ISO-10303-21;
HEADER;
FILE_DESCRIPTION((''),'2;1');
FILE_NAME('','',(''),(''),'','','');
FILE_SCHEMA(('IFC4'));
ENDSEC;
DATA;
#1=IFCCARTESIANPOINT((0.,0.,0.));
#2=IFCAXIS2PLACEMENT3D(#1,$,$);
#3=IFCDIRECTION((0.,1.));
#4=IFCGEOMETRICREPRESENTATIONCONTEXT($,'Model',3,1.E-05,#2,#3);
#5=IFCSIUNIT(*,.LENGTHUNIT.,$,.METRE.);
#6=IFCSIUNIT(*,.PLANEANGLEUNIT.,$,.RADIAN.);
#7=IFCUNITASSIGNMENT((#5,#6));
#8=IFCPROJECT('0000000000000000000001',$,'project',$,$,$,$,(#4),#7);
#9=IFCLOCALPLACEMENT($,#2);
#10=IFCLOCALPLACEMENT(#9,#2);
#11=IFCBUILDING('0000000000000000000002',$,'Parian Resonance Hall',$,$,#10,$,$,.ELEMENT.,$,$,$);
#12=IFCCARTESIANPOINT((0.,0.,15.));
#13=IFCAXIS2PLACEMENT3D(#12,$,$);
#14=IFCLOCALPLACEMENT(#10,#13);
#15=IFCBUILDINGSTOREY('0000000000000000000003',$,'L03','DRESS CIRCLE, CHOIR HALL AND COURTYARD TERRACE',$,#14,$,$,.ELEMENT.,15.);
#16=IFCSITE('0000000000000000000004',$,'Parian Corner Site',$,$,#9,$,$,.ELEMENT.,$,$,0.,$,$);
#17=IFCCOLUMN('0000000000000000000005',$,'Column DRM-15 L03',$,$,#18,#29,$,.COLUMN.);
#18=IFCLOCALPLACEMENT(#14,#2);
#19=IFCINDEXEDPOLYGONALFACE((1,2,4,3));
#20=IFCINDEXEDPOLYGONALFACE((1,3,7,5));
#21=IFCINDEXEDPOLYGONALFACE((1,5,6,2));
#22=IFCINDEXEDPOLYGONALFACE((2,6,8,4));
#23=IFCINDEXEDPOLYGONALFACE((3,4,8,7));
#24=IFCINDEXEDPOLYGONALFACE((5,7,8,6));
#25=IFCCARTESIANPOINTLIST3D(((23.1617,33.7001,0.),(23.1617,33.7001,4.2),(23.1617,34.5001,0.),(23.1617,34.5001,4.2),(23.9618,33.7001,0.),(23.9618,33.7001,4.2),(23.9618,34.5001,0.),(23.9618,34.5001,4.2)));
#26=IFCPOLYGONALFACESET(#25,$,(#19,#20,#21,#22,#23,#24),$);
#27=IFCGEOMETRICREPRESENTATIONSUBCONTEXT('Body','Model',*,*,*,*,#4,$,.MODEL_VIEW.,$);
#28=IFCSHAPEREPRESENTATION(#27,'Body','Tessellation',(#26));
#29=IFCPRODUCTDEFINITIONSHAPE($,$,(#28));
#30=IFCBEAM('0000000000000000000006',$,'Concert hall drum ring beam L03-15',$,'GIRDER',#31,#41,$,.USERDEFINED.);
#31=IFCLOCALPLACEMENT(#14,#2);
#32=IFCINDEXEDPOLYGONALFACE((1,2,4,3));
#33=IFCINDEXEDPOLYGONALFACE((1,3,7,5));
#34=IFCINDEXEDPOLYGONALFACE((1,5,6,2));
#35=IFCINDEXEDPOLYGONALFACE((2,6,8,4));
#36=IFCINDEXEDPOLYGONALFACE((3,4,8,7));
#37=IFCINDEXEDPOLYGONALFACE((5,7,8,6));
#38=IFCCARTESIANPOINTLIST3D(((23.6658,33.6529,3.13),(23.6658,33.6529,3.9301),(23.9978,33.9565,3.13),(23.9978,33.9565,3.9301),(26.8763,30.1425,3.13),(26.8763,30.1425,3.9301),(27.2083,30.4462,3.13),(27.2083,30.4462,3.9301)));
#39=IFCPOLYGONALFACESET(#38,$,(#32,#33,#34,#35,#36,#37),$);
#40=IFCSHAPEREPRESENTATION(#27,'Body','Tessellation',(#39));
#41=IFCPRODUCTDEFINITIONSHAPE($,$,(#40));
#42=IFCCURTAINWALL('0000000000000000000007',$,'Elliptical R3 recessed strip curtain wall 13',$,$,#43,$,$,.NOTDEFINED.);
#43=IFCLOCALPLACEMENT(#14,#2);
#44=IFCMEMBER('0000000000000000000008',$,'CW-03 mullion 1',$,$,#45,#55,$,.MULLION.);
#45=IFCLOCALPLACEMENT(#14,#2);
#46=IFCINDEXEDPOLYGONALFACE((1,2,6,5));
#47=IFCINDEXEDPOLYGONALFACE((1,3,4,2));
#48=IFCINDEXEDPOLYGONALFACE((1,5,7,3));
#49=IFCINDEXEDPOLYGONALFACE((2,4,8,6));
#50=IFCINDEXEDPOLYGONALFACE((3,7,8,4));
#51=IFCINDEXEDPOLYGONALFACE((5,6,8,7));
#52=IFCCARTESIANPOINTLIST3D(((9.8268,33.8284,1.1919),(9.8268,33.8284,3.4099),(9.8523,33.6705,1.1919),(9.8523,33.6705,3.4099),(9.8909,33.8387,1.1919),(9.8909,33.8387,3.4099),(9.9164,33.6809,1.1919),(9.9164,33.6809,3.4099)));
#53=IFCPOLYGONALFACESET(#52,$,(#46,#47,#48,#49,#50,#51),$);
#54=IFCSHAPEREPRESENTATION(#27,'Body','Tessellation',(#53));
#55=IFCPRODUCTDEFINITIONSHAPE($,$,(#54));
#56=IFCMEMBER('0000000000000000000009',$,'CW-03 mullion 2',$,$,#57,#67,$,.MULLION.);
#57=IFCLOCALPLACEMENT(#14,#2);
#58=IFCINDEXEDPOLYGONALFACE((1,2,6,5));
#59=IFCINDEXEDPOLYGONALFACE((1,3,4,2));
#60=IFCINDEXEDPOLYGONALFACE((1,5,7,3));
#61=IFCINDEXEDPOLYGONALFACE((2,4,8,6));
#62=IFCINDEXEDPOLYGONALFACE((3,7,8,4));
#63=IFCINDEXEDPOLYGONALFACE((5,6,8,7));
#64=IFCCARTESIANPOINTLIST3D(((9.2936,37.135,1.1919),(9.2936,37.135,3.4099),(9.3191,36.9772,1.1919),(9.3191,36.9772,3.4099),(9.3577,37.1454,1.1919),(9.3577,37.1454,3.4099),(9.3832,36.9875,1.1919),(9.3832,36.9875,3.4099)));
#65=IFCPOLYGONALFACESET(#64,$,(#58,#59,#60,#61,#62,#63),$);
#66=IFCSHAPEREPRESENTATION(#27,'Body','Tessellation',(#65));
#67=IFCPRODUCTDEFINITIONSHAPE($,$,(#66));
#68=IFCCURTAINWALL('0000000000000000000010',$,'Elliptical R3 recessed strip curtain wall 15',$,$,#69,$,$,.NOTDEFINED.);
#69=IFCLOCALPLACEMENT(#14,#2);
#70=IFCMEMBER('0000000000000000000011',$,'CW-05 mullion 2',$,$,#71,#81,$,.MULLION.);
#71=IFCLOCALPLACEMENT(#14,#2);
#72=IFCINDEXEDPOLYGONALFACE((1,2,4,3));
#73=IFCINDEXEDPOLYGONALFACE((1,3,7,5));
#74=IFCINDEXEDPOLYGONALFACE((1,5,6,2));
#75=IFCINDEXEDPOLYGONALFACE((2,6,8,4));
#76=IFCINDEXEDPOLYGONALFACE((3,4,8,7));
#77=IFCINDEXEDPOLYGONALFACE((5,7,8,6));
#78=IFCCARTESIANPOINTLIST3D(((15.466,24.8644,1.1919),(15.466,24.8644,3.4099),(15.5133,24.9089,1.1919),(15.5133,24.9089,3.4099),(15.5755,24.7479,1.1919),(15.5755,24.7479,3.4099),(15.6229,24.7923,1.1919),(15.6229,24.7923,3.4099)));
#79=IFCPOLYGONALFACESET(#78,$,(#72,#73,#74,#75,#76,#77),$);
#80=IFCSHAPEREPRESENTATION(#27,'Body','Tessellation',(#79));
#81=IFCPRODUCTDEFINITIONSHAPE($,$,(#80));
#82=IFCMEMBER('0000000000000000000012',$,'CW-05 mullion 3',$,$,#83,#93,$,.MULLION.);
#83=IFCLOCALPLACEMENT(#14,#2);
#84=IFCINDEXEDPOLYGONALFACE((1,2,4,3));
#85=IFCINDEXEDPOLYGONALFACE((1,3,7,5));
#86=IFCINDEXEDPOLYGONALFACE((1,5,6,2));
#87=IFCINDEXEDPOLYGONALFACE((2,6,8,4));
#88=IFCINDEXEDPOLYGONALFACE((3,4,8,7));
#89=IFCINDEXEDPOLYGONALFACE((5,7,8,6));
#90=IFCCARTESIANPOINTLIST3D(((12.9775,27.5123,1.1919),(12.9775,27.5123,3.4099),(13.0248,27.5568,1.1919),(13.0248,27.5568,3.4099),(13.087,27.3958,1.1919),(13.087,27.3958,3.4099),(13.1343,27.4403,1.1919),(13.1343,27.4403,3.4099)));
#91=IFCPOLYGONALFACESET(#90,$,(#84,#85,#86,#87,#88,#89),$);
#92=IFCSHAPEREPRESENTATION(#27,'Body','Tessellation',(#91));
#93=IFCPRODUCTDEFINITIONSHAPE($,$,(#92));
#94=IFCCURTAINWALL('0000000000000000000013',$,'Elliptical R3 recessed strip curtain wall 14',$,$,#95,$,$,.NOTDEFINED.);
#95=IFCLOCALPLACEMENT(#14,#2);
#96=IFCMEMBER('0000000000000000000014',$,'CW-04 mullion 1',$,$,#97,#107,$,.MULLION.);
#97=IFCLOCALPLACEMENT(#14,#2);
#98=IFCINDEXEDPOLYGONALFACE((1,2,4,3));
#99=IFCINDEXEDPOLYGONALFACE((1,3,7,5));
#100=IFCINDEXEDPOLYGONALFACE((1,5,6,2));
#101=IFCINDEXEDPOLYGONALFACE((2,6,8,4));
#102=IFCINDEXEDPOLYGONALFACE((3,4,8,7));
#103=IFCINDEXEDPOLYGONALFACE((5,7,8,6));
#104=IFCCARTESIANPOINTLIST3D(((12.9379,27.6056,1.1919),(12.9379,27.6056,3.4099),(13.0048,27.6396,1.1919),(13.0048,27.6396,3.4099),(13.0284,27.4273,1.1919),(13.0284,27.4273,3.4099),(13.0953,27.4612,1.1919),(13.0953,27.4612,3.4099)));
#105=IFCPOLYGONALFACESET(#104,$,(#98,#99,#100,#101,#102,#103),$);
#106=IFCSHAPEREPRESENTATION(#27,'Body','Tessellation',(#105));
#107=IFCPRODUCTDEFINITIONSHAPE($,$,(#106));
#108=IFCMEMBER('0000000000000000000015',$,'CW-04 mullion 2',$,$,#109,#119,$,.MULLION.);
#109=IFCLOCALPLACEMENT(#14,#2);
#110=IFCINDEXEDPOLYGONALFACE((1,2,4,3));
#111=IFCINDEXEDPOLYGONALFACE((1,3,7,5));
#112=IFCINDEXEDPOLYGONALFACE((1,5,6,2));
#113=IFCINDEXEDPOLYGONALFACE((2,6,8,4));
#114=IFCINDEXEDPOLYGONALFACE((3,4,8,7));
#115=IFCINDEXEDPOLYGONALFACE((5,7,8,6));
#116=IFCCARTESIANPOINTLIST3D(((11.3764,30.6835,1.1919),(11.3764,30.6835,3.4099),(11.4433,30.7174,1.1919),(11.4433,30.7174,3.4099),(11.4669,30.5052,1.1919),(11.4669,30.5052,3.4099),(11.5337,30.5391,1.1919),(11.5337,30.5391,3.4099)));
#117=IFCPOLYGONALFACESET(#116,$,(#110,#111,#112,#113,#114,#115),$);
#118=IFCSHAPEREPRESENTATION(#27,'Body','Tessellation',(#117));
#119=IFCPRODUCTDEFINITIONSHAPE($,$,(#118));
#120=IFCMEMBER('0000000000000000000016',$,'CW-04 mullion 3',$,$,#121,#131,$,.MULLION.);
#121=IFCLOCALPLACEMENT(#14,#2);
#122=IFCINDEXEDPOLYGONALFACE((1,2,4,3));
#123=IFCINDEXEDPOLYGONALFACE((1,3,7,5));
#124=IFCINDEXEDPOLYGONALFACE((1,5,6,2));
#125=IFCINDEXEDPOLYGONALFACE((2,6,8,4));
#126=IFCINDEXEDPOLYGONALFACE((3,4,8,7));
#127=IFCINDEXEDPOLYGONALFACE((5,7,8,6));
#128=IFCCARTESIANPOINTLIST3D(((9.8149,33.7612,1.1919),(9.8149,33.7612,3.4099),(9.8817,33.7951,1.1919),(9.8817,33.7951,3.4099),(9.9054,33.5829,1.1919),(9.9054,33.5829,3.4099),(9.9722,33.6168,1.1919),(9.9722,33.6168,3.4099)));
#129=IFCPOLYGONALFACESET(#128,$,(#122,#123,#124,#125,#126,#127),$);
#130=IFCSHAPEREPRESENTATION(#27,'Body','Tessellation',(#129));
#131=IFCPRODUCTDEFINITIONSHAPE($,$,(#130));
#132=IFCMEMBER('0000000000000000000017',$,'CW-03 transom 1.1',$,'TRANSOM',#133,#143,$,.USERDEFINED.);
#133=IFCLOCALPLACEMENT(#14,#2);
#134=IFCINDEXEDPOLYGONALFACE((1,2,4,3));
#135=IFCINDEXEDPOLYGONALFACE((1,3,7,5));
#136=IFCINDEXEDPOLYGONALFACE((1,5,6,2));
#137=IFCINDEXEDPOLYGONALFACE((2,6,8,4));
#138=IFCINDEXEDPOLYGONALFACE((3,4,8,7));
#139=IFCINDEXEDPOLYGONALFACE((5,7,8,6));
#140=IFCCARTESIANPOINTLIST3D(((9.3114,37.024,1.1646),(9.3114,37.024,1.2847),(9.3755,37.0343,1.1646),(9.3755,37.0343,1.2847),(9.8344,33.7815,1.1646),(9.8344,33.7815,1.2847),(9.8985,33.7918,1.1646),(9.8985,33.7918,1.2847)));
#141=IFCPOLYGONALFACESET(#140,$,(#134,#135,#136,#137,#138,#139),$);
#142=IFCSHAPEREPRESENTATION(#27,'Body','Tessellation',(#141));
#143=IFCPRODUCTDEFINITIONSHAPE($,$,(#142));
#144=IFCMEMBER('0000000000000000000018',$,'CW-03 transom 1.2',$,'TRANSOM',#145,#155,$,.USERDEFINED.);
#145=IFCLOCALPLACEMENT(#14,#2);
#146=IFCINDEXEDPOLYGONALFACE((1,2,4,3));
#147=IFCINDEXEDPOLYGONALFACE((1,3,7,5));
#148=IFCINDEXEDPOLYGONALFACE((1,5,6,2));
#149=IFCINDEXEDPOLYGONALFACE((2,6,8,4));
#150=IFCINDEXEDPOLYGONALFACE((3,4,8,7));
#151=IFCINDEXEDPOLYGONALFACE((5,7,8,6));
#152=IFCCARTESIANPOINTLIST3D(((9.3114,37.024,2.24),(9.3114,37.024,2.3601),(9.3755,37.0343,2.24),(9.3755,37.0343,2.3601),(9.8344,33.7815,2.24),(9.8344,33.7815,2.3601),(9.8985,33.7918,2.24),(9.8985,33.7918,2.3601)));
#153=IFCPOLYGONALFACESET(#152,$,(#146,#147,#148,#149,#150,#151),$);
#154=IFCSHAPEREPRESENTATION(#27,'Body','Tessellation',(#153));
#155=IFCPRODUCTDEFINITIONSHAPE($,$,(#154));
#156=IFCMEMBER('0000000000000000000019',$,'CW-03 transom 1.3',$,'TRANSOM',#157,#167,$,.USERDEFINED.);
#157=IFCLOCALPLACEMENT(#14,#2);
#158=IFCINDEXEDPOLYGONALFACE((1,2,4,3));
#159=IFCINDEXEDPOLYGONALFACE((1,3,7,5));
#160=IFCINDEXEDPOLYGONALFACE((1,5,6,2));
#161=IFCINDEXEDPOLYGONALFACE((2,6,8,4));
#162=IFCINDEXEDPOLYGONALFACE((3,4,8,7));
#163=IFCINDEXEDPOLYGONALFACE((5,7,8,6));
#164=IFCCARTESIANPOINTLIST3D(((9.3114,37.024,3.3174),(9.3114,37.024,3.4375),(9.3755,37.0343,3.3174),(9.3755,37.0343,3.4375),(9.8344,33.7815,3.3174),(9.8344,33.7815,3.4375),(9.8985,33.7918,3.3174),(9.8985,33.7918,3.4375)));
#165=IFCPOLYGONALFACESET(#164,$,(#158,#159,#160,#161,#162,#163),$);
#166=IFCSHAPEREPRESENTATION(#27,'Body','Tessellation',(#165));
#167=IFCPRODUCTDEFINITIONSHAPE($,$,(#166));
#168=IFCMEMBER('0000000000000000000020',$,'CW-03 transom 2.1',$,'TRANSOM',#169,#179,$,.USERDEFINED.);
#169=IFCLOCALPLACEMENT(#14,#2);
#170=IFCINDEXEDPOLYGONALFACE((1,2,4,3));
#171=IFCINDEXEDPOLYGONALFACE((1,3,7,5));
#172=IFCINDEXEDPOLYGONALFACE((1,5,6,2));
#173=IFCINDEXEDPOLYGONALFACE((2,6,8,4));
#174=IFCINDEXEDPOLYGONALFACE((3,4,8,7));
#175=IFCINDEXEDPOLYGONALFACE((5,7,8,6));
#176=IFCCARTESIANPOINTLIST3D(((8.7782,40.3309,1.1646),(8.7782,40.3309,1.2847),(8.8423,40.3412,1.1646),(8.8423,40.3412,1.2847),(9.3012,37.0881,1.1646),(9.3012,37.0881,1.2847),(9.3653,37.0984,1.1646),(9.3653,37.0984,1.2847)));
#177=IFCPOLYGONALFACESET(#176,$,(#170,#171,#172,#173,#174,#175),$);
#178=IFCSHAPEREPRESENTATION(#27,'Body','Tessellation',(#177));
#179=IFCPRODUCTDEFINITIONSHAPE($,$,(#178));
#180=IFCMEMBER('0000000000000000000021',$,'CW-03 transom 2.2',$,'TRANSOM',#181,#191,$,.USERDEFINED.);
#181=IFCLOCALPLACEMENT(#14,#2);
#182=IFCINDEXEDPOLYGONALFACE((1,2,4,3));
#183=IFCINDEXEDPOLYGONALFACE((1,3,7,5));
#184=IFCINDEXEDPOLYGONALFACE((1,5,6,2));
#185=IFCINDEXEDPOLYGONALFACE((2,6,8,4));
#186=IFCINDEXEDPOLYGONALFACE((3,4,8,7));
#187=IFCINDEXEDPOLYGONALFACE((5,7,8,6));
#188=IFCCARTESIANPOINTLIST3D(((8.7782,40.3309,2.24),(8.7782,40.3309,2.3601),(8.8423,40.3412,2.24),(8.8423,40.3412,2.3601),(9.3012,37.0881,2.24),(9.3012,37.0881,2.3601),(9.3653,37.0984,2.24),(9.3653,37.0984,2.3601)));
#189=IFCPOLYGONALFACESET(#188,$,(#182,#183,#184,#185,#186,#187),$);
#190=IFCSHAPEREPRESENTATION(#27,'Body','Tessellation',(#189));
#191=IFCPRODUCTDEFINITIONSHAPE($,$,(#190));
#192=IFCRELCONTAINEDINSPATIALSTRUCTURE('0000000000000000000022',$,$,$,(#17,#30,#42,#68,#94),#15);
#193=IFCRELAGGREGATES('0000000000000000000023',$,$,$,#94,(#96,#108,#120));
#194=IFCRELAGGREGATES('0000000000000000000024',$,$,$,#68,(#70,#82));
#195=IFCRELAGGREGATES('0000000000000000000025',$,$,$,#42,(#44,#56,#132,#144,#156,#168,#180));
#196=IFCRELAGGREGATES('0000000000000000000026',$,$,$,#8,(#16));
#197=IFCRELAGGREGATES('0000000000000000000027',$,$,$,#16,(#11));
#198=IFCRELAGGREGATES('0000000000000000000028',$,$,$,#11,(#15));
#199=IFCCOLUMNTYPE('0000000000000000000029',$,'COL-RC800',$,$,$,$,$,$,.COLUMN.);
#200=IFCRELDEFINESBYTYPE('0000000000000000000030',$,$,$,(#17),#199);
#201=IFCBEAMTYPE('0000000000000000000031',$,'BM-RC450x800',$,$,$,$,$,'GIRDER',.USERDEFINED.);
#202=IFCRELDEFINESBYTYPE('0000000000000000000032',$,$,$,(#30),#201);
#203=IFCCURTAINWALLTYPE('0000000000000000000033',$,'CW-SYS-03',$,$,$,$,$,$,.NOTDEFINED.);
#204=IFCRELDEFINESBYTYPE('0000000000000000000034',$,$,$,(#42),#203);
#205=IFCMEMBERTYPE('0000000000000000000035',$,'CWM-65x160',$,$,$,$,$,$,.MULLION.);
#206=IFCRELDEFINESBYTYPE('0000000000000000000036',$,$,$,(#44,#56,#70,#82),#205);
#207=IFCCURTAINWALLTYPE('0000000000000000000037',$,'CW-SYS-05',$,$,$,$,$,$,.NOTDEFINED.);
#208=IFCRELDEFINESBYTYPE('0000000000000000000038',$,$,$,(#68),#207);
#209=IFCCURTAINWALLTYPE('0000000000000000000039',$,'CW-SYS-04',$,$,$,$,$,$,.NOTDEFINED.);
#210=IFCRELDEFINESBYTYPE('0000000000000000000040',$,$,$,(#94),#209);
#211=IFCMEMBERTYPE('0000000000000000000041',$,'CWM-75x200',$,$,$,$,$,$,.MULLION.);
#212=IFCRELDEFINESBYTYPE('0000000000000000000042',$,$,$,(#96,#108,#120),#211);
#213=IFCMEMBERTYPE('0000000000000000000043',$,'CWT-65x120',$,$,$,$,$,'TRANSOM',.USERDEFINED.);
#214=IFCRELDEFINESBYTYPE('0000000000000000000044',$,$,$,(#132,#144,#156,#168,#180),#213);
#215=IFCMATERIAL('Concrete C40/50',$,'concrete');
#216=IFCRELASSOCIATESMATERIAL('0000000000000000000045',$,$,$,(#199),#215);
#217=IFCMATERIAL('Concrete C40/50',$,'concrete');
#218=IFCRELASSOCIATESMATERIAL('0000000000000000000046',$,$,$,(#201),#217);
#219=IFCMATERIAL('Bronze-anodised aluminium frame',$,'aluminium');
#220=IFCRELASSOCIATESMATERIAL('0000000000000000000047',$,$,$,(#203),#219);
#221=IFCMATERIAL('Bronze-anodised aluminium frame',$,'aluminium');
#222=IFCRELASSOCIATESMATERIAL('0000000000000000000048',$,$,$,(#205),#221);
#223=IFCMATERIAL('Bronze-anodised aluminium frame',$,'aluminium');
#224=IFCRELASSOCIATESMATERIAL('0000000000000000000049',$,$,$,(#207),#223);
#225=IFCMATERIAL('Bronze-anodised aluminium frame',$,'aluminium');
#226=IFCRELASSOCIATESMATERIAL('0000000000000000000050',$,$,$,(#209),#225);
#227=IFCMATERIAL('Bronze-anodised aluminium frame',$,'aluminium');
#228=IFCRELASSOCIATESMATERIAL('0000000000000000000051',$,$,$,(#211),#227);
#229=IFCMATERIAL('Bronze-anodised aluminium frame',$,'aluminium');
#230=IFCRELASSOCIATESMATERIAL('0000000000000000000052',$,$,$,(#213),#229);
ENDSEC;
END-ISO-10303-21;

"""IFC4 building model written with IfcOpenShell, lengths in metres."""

from ifc_helpers import new_model, si_unit, direction, frame, origin, origin_2d, place, context, subcontext, project, spatial, rectangle, extrude, material, material_profile, profile_set, type_object, element, aggregate, save


model = new_model("IFC4")

# Units and contexts
model_context = context("Model", 3, precision=1e-05, world=origin(), true_north=direction((0.0, 1.0)))
body_context = subcontext(model_context, "Body", "Model", "MODEL_VIEW")
ifc_project = project(units=[si_unit("LENGTHUNIT", "METRE"), si_unit("PLANEANGLEUNIT", "RADIAN")], contexts=[model_context])

# Site, building, storey
site_placement = place(None, origin())
site = spatial("IfcSite", under=ifc_project, at=site_placement, Name="Parian Corner Site", CompositionType="ELEMENT", RefElevation=0.0)
building_placement = place(site_placement, origin())
building = spatial("IfcBuilding", under=site, at=building_placement, Name="Parian Resonance Hall", CompositionType="ELEMENT")
storey_placement = place(building_placement, frame((0.0, 0.0, 15.0)))
storey = spatial("IfcBuildingStorey", under=building, at=storey_placement, Name="L03", Description="DRESS CIRCLE, CHOIR HALL AND COURTYARD TERRACE", CompositionType="ELEMENT", Elevation=15.0)

# Column
ifc_material_1 = material(Name="Concrete C40/50", Category="concrete")
ifc_material_profile_1 = material_profile(ifc_material_1, rectangle(XDim=0.8, YDim=0.8, at=origin_2d()), Name="RC-COL-800x800")
ifc_profile_set_1 = profile_set([ifc_material_profile_1], Name="Concrete C40/50")
column_type = type_object("IfcColumnType", Name="COL-RC800", PredefinedType="COLUMN", material=ifc_profile_set_1)
column_placement = place(storey_placement, frame((23.5618, 34.1001, 0.0), z_axis=(0.0, 0.0, 1.0), x_axis=(1.0, 0.0, 0.0)))
element("IfcColumn", 1, at=column_placement, inside=storey, type_object=column_type, Name="Column DRM-15 L03", PredefinedType="COLUMN", context=body_context, shape_type="SweptSolid", body=[
    extrude(rectangle(XDim=0.8, YDim=0.8, at=origin_2d()), origin(), (0.0, 0.0, 1.0), 4.2),
])

# Beam
ifc_material_2 = material(Name="Concrete C40/50", Category="concrete")
ifc_material_profile_2 = material_profile(ifc_material_2, rectangle(XDim=0.45, YDim=0.8, at=origin_2d()), Name="RC-BM-450x800")
ifc_profile_set_2 = profile_set([ifc_material_profile_2], Name="Concrete C40/50")
beam_type = type_object("IfcBeamType", Name="BM-RC450x800", ElementType="GIRDER", PredefinedType="USERDEFINED", material=ifc_profile_set_2)
beam_placement = place(storey_placement, frame((23.8318, 33.8047, 3.53), z_axis=(0.674892, -0.737916, 0.0), x_axis=(0.737916, 0.674892, 0.0)))
element("IfcBeam", 2, at=beam_placement, inside=storey, type_object=beam_type, Name="Concert hall drum ring beam L03-15", ObjectType="GIRDER", PredefinedType="USERDEFINED", context=body_context, shape_type="SweptSolid", body=[
    extrude(rectangle(XDim=0.45, YDim=0.8, at=origin_2d()), origin(), (0.0, 0.0, 1.0), 4.7571),
])

# Curtain walls, members
ifc_material_3 = material(Name="Bronze-anodised aluminium frame", Category="aluminium")
curtain_wall_type_1 = type_object("IfcCurtainWallType", Name="CW-SYS-03", PredefinedType="NOTDEFINED", material=ifc_material_3)
curtain_wall_1_placement = place(storey_placement, origin())
curtain_wall_1 = element("IfcCurtainWall", 3, at=curtain_wall_1_placement, inside=storey, type_object=curtain_wall_type_1, Name="Elliptical R3 recessed strip curtain wall 13", PredefinedType="NOTDEFINED")
ifc_material_4 = material(Name="Bronze-anodised aluminium frame", Category="aluminium")
ifc_material_profile_3 = material_profile(ifc_material_4, rectangle(XDim=0.0649, YDim=0.1599, at=origin_2d()), Name="CWM-65x160")
ifc_profile_set_3 = profile_set([ifc_material_profile_3], Name="Bronze-anodised aluminium frame")
member_type_1 = type_object("IfcMemberType", Name="CWM-65x160", PredefinedType="MULLION", material=ifc_profile_set_3)
member_1_placement = place(storey_placement, frame((9.8716, 33.7546, 1.1919), z_axis=(0.0, 0.0, 1.0), x_axis=(-0.987248, -0.159187, 0.0)))
member_1 = element("IfcMember", 4, at=member_1_placement, type_object=member_type_1, Name="CW-03 mullion 1", PredefinedType="MULLION", context=body_context, shape_type="SweptSolid", body=[
    extrude(rectangle(XDim=0.0649, YDim=0.1599, at=origin_2d()), origin(), (0.0, 0.0, 1.0), 2.218),
])
member_2_placement = place(storey_placement, frame((9.3384, 37.0613, 1.1919), z_axis=(0.0, 0.0, 1.0), x_axis=(-0.987248, -0.159187, 0.0)))
member_2 = element("IfcMember", 5, at=member_2_placement, type_object=member_type_1, Name="CW-03 mullion 2", PredefinedType="MULLION", context=body_context, shape_type="SweptSolid", body=[
    extrude(rectangle(XDim=0.0649, YDim=0.1599, at=origin_2d()), origin(), (0.0, 0.0, 1.0), 2.218),
])
ifc_material_5 = material(Name="Bronze-anodised aluminium frame", Category="aluminium")
curtain_wall_type_2 = type_object("IfcCurtainWallType", Name="CW-SYS-05", PredefinedType="NOTDEFINED", material=ifc_material_5)
curtain_wall_2_placement = place(storey_placement, origin())
curtain_wall_2 = element("IfcCurtainWall", 6, at=curtain_wall_2_placement, inside=storey, type_object=curtain_wall_type_2, Name="Elliptical R3 recessed strip curtain wall 15", PredefinedType="NOTDEFINED")
member_3_placement = place(storey_placement, frame((15.5444, 24.8284, 1.1919), z_axis=(0.0, 0.0, 1.0), x_axis=(-0.728695, -0.684838, 0.0)))
member_3 = element("IfcMember", 7, at=member_3_placement, type_object=member_type_1, Name="CW-05 mullion 2", PredefinedType="MULLION", context=body_context, shape_type="SweptSolid", body=[
    extrude(rectangle(XDim=0.0649, YDim=0.1599, at=origin_2d()), origin(), (0.0, 0.0, 1.0), 2.218),
])
member_4_placement = place(storey_placement, frame((13.0559, 27.4763, 1.1919), z_axis=(0.0, 0.0, 1.0), x_axis=(-0.728695, -0.684838, 0.0)))
member_4 = element("IfcMember", 8, at=member_4_placement, type_object=member_type_1, Name="CW-05 mullion 3", PredefinedType="MULLION", context=body_context, shape_type="SweptSolid", body=[
    extrude(rectangle(XDim=0.0649, YDim=0.1599, at=origin_2d()), origin(), (0.0, 0.0, 1.0), 2.218),
])
ifc_material_6 = material(Name="Bronze-anodised aluminium frame", Category="aluminium")
curtain_wall_type_3 = type_object("IfcCurtainWallType", Name="CW-SYS-04", PredefinedType="NOTDEFINED", material=ifc_material_6)
curtain_wall_3_placement = place(storey_placement, origin())
curtain_wall_3 = element("IfcCurtainWall", 9, at=curtain_wall_3_placement, inside=storey, type_object=curtain_wall_type_3, Name="Elliptical R3 recessed strip curtain wall 14", PredefinedType="NOTDEFINED")
ifc_material_7 = material(Name="Bronze-anodised aluminium frame", Category="aluminium")
ifc_material_profile_4 = material_profile(ifc_material_7, rectangle(XDim=0.075, YDim=0.2, at=origin_2d()), Name="CWM-75x200")
ifc_profile_set_4 = profile_set([ifc_material_profile_4], Name="Bronze-anodised aluminium frame")
member_type_2 = type_object("IfcMemberType", Name="CWM-75x200", PredefinedType="MULLION", material=ifc_profile_set_4)
member_5_placement = place(storey_placement, frame((13.0166, 27.5334, 1.1919), z_axis=(0.0, 0.0, 1.0), x_axis=(-0.891795, -0.45244, 0.0)))
member_5 = element("IfcMember", 10, at=member_5_placement, type_object=member_type_2, Name="CW-04 mullion 1", PredefinedType="MULLION", context=body_context, shape_type="SweptSolid", body=[
    extrude(rectangle(XDim=0.075, YDim=0.2, at=origin_2d()), origin(), (0.0, 0.0, 1.0), 2.218),
])
member_6_placement = place(storey_placement, frame((11.4551, 30.6113, 1.1919), z_axis=(0.0, 0.0, 1.0), x_axis=(-0.891795, -0.45244, 0.0)))
member_6 = element("IfcMember", 11, at=member_6_placement, type_object=member_type_2, Name="CW-04 mullion 2", PredefinedType="MULLION", context=body_context, shape_type="SweptSolid", body=[
    extrude(rectangle(XDim=0.075, YDim=0.2, at=origin_2d()), origin(), (0.0, 0.0, 1.0), 2.218),
])
member_7_placement = place(storey_placement, frame((9.8936, 33.689, 1.1919), z_axis=(0.0, 0.0, 1.0), x_axis=(-0.891795, -0.45244, 0.0)))
member_7 = element("IfcMember", 12, at=member_7_placement, type_object=member_type_2, Name="CW-04 mullion 3", PredefinedType="MULLION", context=body_context, shape_type="SweptSolid", body=[
    extrude(rectangle(XDim=0.075, YDim=0.2, at=origin_2d()), origin(), (0.0, 0.0, 1.0), 2.218),
])

# Members
ifc_material_8 = material(Name="Bronze-anodised aluminium frame", Category="aluminium")
ifc_material_profile_5 = material_profile(ifc_material_8, rectangle(XDim=0.0649, YDim=0.1201, at=origin_2d()), Name="CWT-65x120")
ifc_profile_set_5 = profile_set([ifc_material_profile_5], Name="Bronze-anodised aluminium frame")
member_type_3 = type_object("IfcMemberType", Name="CWT-65x120", ElementType="TRANSOM", PredefinedType="USERDEFINED", material=ifc_profile_set_5)
member_8_placement = place(storey_placement, frame((9.8665, 33.7866, 1.2246), z_axis=(-0.159225, 0.987242, 0.0), x_axis=(-0.987242, -0.159225, 0.0)))
member_8 = element("IfcMember", 13, at=member_8_placement, type_object=member_type_3, Name="CW-03 transom 1.1", ObjectType="TRANSOM", PredefinedType="USERDEFINED", context=body_context, shape_type="SweptSolid", body=[
    extrude(rectangle(XDim=0.0649, YDim=0.1201, at=origin_2d()), origin(), (0.0, 0.0, 1.0), 3.2844),
])
member_9_placement = place(storey_placement, frame((9.8665, 33.7866, 2.3), z_axis=(-0.159225, 0.987242, 0.0), x_axis=(-0.987242, -0.159225, 0.0)))
member_9 = element("IfcMember", 14, at=member_9_placement, type_object=member_type_3, Name="CW-03 transom 1.2", ObjectType="TRANSOM", PredefinedType="USERDEFINED", context=body_context, shape_type="SweptSolid", body=[
    extrude(rectangle(XDim=0.0649, YDim=0.1201, at=origin_2d()), origin(), (0.0, 0.0, 1.0), 3.2844),
])
member_10_placement = place(storey_placement, frame((9.8665, 33.7866, 3.3774), z_axis=(-0.159225, 0.987242, 0.0), x_axis=(-0.987242, -0.159225, 0.0)))
member_10 = element("IfcMember", 15, at=member_10_placement, type_object=member_type_3, Name="CW-03 transom 1.3", ObjectType="TRANSOM", PredefinedType="USERDEFINED", context=body_context, shape_type="SweptSolid", body=[
    extrude(rectangle(XDim=0.0649, YDim=0.1201, at=origin_2d()), origin(), (0.0, 0.0, 1.0), 3.2844),
])
member_11_placement = place(storey_placement, frame((9.3333, 37.0933, 1.2246), z_axis=(-0.159214, 0.987244, 0.0), x_axis=(-0.987244, -0.159214, 0.0)))
member_11 = element("IfcMember", 16, at=member_11_placement, type_object=member_type_3, Name="CW-03 transom 2.1", ObjectType="TRANSOM", PredefinedType="USERDEFINED", context=body_context, shape_type="SweptSolid", body=[
    extrude(rectangle(XDim=0.0649, YDim=0.1201, at=origin_2d()), origin(), (0.0, 0.0, 1.0), 3.2847),
])
member_12_placement = place(storey_placement, frame((9.3333, 37.0933, 2.3), z_axis=(-0.159214, 0.987244, 0.0), x_axis=(-0.987244, -0.159214, 0.0)))
member_12 = element("IfcMember", 17, at=member_12_placement, type_object=member_type_3, Name="CW-03 transom 2.2", ObjectType="TRANSOM", PredefinedType="USERDEFINED", context=body_context, shape_type="SweptSolid", body=[
    extrude(rectangle(XDim=0.0649, YDim=0.1201, at=origin_2d()), origin(), (0.0, 0.0, 1.0), 3.2847),
])

aggregate(curtain_wall_3, [member_5, member_6, member_7])
aggregate(curtain_wall_2, [member_3, member_4])
aggregate(curtain_wall_1, [member_1, member_2, member_8, member_9, member_10, member_11, member_12])

save(model, "model.ifc")
